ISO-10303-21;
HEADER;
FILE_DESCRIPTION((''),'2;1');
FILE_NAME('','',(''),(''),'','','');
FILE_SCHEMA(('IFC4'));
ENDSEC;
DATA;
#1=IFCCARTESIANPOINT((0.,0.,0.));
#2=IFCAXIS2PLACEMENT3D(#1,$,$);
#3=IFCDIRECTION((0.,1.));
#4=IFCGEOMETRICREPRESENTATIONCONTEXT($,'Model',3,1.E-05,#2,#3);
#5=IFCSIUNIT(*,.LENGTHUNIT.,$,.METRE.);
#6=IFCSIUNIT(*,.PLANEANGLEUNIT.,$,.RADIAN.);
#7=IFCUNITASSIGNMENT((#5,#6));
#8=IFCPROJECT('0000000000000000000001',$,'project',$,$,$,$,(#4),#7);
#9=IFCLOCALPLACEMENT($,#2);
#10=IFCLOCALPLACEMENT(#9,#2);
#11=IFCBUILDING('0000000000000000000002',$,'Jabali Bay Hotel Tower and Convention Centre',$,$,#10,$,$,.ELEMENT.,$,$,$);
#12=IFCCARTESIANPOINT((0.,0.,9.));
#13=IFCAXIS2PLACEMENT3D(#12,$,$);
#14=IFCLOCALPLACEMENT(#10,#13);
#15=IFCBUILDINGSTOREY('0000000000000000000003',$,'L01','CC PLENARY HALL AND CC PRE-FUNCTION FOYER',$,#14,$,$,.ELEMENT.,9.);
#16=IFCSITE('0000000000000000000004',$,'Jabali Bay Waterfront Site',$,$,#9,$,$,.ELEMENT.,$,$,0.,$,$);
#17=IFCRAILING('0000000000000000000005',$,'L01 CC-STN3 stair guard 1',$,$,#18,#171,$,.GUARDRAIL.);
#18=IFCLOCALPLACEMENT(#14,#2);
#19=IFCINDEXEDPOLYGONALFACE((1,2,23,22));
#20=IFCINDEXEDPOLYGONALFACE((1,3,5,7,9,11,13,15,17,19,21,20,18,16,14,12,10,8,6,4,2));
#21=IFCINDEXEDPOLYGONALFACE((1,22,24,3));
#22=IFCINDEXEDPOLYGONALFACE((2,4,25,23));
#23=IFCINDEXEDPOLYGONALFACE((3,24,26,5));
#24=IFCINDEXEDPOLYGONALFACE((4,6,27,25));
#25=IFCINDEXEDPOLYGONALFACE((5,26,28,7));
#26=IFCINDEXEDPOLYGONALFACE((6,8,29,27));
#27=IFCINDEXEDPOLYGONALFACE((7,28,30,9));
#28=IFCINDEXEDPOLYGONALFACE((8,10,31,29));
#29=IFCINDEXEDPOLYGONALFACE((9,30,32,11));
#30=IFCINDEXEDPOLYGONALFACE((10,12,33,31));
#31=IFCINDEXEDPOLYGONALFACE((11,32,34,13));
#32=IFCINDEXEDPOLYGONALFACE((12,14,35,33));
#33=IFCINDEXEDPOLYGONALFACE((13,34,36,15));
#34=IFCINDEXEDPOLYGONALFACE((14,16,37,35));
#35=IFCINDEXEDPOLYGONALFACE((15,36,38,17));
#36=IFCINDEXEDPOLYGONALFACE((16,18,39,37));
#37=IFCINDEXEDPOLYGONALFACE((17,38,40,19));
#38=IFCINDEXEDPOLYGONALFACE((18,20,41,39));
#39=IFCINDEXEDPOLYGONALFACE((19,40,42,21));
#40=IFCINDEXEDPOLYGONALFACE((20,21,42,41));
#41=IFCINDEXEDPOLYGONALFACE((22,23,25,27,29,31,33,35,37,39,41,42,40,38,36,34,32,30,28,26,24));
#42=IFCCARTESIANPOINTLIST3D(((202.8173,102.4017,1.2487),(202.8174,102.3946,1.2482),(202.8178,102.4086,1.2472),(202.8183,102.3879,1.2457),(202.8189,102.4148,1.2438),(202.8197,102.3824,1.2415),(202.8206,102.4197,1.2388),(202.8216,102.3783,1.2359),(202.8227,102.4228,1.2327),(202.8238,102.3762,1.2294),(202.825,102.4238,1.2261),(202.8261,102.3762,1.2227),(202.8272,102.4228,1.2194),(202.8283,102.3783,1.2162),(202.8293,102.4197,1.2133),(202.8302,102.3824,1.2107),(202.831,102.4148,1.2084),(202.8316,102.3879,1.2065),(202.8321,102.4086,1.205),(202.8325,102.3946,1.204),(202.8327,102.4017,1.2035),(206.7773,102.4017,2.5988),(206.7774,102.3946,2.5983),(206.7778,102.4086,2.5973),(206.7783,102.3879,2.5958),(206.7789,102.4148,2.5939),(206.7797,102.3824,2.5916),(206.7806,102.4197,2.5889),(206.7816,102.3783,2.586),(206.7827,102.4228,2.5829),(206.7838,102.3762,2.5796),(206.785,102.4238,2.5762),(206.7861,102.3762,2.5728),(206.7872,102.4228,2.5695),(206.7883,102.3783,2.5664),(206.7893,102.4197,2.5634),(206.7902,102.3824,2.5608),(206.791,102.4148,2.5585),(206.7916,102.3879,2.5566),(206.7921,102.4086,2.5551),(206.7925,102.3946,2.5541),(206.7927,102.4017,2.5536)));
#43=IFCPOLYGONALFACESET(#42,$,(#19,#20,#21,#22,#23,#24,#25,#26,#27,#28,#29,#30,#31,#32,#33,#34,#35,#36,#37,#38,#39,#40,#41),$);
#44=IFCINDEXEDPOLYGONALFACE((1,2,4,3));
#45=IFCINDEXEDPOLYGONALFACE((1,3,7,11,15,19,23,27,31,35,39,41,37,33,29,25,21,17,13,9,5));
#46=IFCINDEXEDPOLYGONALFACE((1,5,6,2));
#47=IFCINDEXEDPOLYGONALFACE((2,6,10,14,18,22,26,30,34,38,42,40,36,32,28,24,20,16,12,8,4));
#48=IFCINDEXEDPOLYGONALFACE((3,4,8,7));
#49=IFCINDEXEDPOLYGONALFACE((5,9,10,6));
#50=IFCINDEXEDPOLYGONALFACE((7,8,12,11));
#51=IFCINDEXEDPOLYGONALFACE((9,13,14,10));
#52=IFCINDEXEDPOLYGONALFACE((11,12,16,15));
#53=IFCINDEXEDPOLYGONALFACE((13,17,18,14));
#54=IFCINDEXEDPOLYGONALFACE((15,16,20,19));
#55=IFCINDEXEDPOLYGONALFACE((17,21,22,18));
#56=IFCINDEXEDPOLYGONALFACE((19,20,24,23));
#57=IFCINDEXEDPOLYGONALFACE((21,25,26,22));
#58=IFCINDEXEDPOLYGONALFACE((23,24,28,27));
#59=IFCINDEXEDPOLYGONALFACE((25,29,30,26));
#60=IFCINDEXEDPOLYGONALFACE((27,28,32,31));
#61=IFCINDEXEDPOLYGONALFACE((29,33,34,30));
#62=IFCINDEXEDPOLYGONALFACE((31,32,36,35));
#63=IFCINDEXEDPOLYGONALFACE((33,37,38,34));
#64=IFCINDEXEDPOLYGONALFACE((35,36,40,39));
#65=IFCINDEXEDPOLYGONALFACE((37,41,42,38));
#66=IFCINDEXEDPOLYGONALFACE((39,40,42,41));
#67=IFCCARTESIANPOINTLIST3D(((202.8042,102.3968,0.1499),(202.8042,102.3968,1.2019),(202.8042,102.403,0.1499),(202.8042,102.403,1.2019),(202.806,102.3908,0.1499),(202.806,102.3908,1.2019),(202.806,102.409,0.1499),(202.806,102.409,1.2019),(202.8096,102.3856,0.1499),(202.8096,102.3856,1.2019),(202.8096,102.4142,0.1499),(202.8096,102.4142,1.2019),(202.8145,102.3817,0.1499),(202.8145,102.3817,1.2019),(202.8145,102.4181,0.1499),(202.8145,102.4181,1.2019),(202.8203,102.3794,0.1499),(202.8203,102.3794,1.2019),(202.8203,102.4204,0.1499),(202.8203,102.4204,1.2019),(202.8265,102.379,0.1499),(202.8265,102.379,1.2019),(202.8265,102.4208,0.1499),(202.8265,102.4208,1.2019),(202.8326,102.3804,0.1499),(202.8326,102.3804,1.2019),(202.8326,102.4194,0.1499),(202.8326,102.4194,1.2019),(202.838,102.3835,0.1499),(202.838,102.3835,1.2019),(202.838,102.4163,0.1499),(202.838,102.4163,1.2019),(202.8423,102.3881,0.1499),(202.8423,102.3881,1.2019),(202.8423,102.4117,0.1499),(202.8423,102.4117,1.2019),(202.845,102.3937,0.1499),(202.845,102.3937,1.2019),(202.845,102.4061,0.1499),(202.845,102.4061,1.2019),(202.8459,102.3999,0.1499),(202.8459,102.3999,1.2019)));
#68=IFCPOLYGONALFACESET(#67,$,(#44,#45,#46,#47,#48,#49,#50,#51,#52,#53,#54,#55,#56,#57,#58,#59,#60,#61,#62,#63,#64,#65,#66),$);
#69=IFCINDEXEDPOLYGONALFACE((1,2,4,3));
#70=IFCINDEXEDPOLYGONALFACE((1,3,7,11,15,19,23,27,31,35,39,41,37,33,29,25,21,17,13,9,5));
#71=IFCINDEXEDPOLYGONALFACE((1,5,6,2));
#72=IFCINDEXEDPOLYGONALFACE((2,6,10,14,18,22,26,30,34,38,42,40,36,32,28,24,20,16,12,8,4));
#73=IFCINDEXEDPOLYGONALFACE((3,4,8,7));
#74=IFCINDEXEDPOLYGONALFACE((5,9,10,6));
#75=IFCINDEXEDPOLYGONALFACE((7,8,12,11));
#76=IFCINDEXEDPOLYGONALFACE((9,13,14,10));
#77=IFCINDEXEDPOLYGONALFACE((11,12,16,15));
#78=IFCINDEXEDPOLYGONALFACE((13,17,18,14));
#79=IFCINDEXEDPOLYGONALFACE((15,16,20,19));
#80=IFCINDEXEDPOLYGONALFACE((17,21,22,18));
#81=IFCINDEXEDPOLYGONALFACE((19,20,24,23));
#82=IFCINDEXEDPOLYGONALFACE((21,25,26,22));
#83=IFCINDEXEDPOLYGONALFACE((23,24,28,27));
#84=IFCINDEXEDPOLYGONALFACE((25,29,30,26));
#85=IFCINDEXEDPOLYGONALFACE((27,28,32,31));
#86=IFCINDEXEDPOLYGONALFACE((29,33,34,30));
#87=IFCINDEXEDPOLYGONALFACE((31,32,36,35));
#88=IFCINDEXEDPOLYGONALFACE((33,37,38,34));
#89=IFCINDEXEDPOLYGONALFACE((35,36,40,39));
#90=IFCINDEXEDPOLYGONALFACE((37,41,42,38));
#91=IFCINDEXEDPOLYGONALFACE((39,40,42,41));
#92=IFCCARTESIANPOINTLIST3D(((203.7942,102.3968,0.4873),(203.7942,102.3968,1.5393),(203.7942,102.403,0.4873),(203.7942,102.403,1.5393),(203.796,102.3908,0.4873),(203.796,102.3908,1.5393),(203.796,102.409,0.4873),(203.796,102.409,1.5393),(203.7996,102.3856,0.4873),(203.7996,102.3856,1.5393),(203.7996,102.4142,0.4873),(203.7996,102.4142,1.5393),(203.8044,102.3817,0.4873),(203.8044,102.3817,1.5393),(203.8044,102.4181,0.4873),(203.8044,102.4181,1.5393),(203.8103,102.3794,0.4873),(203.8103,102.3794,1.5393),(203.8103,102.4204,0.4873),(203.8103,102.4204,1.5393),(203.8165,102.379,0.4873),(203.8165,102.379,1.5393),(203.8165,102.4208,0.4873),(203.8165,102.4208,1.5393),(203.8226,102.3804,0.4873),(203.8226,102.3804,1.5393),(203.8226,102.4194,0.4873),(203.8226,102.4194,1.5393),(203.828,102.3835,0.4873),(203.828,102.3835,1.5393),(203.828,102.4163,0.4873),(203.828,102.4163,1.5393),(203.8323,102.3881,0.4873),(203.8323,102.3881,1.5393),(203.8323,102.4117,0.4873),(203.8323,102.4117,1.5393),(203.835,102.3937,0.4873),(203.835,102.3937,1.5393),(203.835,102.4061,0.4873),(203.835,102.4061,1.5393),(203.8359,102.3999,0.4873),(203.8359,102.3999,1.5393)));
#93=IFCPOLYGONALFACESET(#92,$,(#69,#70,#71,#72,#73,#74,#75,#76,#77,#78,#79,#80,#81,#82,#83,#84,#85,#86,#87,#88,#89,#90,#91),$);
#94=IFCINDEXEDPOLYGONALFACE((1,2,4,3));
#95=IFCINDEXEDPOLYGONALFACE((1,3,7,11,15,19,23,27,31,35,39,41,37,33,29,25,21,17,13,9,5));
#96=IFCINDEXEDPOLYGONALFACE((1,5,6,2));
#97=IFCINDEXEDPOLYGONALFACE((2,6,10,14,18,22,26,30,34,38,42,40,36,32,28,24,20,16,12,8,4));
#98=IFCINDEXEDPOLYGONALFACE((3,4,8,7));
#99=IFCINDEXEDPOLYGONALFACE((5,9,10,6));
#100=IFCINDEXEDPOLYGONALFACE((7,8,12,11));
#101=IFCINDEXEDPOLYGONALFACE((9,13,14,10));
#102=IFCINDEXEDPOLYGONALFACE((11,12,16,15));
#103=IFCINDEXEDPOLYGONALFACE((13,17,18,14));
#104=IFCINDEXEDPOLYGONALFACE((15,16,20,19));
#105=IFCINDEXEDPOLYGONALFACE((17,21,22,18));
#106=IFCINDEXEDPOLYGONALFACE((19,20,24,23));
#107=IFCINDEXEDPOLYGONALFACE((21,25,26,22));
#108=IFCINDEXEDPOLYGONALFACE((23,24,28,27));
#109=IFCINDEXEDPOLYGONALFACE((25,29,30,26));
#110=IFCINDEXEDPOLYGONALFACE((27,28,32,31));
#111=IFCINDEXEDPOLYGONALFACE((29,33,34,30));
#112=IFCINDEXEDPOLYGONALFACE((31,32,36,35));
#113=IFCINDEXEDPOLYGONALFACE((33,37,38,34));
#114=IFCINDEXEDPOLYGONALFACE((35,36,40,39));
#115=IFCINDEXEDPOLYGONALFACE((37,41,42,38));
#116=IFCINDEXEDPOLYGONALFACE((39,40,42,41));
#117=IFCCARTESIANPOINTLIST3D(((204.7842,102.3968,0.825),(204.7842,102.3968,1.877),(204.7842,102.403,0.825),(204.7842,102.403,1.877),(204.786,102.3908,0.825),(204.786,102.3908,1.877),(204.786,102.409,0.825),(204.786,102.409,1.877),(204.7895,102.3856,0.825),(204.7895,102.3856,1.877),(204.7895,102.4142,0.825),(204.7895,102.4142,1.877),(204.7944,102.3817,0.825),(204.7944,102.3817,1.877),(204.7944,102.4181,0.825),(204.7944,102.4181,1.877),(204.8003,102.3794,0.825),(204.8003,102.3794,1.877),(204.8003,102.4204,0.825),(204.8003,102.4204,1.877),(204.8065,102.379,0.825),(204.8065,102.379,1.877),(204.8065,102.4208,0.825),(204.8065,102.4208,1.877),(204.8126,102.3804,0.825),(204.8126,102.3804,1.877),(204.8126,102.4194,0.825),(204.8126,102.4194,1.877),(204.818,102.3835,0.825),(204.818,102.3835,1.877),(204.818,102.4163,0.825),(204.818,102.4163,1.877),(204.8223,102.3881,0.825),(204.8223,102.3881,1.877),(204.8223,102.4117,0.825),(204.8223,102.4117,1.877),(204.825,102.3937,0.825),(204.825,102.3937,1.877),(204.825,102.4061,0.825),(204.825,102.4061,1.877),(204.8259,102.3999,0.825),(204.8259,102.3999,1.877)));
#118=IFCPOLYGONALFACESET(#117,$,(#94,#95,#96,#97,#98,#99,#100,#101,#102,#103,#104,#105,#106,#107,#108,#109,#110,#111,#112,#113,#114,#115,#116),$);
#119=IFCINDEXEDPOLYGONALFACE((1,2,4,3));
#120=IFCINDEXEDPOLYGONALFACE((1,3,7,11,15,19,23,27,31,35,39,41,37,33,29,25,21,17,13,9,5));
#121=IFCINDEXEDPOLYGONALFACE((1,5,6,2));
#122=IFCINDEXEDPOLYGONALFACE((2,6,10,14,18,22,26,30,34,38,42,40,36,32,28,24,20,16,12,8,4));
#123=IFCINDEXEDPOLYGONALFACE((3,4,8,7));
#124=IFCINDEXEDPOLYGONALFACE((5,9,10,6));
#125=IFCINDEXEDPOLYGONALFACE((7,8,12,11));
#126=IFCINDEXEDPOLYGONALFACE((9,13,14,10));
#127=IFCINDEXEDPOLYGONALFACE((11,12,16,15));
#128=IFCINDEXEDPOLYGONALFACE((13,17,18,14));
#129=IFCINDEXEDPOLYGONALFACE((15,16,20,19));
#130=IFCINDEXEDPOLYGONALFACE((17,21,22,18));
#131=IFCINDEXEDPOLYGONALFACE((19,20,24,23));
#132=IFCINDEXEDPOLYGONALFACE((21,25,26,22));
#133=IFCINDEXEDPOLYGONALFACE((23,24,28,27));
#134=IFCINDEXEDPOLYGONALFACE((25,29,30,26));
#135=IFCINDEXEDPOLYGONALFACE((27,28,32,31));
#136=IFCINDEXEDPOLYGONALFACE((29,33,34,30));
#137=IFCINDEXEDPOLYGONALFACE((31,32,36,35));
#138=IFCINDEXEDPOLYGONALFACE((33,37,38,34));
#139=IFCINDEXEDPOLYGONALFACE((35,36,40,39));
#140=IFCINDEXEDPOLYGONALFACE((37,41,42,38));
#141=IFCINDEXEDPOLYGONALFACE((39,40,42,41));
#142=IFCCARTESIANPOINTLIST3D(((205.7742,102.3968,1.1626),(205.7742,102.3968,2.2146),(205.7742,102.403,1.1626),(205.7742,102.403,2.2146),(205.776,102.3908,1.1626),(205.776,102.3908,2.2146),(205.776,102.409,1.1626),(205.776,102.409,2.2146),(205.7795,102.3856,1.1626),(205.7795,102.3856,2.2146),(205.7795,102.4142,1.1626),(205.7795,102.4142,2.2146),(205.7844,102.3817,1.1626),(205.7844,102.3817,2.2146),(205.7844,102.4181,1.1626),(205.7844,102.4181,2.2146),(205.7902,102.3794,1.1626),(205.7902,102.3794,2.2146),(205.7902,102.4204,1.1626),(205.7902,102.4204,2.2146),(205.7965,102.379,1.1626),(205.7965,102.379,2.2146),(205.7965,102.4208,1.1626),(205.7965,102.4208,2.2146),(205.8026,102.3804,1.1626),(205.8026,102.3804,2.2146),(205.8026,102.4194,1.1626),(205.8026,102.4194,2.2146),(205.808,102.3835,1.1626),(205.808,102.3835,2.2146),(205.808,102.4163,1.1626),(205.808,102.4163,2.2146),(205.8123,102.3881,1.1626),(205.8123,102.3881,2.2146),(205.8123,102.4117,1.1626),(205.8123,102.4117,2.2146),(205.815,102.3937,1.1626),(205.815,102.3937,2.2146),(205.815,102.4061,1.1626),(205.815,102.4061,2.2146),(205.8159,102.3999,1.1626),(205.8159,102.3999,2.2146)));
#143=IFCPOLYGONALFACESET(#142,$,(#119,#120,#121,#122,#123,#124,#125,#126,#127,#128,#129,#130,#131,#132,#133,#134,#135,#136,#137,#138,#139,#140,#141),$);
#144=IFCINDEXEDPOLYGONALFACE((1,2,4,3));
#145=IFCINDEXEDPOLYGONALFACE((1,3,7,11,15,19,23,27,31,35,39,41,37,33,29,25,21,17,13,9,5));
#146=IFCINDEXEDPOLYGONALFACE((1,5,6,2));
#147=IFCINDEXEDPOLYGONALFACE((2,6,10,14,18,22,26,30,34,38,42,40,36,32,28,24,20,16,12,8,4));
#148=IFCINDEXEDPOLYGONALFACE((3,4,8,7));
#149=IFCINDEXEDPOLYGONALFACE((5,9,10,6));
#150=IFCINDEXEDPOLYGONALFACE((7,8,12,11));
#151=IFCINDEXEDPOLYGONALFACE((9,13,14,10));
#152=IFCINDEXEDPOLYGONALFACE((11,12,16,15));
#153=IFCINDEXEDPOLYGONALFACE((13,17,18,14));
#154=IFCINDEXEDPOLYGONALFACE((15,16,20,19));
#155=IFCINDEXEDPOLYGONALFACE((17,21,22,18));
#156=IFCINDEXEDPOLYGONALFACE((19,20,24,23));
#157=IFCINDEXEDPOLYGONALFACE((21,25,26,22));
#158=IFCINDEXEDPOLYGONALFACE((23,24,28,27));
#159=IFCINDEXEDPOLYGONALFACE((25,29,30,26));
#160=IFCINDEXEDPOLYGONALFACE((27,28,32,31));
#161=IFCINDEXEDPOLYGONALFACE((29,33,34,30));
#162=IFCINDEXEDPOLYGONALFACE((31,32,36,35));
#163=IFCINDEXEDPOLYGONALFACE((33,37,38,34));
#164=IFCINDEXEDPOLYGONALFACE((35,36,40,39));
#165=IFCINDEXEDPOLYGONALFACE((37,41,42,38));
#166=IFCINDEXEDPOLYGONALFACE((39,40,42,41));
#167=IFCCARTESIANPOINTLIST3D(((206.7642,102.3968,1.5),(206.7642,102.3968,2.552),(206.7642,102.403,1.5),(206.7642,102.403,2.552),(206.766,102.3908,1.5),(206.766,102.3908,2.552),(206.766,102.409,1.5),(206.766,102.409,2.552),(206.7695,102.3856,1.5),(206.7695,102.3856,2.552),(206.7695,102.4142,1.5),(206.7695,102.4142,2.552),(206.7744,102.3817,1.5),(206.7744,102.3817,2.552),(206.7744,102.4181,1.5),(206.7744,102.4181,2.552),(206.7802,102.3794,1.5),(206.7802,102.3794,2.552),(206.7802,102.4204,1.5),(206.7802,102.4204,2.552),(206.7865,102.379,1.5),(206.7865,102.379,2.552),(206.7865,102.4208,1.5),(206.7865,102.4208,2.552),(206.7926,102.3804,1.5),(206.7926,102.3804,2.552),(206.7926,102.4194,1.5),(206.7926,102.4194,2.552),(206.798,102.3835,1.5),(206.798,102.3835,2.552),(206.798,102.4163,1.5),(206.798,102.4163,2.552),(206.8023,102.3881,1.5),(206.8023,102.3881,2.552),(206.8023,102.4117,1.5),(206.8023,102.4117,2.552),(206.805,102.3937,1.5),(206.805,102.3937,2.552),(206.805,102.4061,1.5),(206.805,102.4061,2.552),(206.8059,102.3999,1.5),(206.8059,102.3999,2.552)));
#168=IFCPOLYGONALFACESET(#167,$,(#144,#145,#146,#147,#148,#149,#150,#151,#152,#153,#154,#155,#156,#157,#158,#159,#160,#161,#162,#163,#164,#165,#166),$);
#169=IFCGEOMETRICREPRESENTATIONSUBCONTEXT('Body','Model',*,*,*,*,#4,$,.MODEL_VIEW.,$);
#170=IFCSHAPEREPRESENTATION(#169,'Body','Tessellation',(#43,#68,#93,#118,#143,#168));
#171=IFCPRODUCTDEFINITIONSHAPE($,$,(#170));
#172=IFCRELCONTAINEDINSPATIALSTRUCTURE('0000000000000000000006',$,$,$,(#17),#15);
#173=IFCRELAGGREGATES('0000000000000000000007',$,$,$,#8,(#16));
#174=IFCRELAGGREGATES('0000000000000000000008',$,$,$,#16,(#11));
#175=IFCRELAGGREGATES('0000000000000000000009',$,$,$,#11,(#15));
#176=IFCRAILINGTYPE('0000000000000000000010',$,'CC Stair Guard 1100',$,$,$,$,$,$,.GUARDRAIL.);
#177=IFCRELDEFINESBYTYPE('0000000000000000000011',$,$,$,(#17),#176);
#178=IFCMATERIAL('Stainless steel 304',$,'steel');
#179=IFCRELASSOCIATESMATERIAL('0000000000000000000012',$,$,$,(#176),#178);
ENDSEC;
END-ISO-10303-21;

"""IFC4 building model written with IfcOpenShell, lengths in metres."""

from ifc_helpers import new_model, si_unit, direction, frame, origin, origin_2d, place, context, subcontext, project, spatial, circle, extrude, material, type_object, element, save


model = new_model("IFC4")

# Units and contexts
model_context = context("Model", 3, precision=1e-05, world=origin(), true_north=direction((0.0, 1.0)))
body_context = subcontext(model_context, "Body", "Model", "MODEL_VIEW")
ifc_project = project(units=[si_unit("LENGTHUNIT", "METRE"), si_unit("PLANEANGLEUNIT", "RADIAN")], contexts=[model_context])

# Site, building, storey
site_placement = place(None, origin())
site = spatial("IfcSite", under=ifc_project, at=site_placement, Name="Jabali Bay Waterfront Site", CompositionType="ELEMENT", RefElevation=0.0)
building_placement = place(site_placement, origin())
building = spatial("IfcBuilding", under=site, at=building_placement, Name="Jabali Bay Hotel Tower and Convention Centre", CompositionType="ELEMENT")
storey_placement = place(building_placement, frame((0.0, 0.0, 9.0)))
storey = spatial("IfcBuildingStorey", under=building, at=storey_placement, Name="L01", Description="CC PLENARY HALL AND CC PRE-FUNCTION FOYER", CompositionType="ELEMENT", Elevation=9.0)

# Railing
ifc_material_1 = material(Name="Stainless steel 304", Category="steel")
railing_type_1 = type_object("IfcRailingType", Name="CC Stair Guard 1100", PredefinedType="GUARDRAIL", material=ifc_material_1)
railing_1_placement = place(storey_placement, frame((202.825, 102.3999, 0.1499)))
element("IfcRailing", 1, at=railing_1_placement, inside=storey, type_object=railing_type_1, Name="L01 CC-STN3 stair guard 1", PredefinedType="GUARDRAIL", context=body_context, shape_type="SweptSolid", body=[
    extrude(circle(Radius=0.0239, at=origin_2d()), frame((0.0, 0.0, 1.0762), z_axis=(0.946502, 0.0, 0.322698), x_axis=(0.0, 1.0, 0.0)), (0.0, 0.0, 1.0), 4.1838),
    extrude(circle(Radius=0.021, at=origin_2d()), origin(), (0.0, 0.0, 1.0), 1.052),
    extrude(circle(Radius=0.021, at=origin_2d()), frame((0.99, 0.0, 0.3374)), (0.0, 0.0, 1.0), 1.052),
    extrude(circle(Radius=0.021, at=origin_2d()), frame((1.98, 0.0, 0.675)), (0.0, 0.0, 1.0), 1.052),
    extrude(circle(Radius=0.021, at=origin_2d()), frame((2.97, 0.0, 1.0127)), (0.0, 0.0, 1.0), 1.052),
    extrude(circle(Radius=0.021, at=origin_2d()), frame((3.96, 0.0, 1.3501)), (0.0, 0.0, 1.0), 1.052),
])

save(model, "model.ifc")
